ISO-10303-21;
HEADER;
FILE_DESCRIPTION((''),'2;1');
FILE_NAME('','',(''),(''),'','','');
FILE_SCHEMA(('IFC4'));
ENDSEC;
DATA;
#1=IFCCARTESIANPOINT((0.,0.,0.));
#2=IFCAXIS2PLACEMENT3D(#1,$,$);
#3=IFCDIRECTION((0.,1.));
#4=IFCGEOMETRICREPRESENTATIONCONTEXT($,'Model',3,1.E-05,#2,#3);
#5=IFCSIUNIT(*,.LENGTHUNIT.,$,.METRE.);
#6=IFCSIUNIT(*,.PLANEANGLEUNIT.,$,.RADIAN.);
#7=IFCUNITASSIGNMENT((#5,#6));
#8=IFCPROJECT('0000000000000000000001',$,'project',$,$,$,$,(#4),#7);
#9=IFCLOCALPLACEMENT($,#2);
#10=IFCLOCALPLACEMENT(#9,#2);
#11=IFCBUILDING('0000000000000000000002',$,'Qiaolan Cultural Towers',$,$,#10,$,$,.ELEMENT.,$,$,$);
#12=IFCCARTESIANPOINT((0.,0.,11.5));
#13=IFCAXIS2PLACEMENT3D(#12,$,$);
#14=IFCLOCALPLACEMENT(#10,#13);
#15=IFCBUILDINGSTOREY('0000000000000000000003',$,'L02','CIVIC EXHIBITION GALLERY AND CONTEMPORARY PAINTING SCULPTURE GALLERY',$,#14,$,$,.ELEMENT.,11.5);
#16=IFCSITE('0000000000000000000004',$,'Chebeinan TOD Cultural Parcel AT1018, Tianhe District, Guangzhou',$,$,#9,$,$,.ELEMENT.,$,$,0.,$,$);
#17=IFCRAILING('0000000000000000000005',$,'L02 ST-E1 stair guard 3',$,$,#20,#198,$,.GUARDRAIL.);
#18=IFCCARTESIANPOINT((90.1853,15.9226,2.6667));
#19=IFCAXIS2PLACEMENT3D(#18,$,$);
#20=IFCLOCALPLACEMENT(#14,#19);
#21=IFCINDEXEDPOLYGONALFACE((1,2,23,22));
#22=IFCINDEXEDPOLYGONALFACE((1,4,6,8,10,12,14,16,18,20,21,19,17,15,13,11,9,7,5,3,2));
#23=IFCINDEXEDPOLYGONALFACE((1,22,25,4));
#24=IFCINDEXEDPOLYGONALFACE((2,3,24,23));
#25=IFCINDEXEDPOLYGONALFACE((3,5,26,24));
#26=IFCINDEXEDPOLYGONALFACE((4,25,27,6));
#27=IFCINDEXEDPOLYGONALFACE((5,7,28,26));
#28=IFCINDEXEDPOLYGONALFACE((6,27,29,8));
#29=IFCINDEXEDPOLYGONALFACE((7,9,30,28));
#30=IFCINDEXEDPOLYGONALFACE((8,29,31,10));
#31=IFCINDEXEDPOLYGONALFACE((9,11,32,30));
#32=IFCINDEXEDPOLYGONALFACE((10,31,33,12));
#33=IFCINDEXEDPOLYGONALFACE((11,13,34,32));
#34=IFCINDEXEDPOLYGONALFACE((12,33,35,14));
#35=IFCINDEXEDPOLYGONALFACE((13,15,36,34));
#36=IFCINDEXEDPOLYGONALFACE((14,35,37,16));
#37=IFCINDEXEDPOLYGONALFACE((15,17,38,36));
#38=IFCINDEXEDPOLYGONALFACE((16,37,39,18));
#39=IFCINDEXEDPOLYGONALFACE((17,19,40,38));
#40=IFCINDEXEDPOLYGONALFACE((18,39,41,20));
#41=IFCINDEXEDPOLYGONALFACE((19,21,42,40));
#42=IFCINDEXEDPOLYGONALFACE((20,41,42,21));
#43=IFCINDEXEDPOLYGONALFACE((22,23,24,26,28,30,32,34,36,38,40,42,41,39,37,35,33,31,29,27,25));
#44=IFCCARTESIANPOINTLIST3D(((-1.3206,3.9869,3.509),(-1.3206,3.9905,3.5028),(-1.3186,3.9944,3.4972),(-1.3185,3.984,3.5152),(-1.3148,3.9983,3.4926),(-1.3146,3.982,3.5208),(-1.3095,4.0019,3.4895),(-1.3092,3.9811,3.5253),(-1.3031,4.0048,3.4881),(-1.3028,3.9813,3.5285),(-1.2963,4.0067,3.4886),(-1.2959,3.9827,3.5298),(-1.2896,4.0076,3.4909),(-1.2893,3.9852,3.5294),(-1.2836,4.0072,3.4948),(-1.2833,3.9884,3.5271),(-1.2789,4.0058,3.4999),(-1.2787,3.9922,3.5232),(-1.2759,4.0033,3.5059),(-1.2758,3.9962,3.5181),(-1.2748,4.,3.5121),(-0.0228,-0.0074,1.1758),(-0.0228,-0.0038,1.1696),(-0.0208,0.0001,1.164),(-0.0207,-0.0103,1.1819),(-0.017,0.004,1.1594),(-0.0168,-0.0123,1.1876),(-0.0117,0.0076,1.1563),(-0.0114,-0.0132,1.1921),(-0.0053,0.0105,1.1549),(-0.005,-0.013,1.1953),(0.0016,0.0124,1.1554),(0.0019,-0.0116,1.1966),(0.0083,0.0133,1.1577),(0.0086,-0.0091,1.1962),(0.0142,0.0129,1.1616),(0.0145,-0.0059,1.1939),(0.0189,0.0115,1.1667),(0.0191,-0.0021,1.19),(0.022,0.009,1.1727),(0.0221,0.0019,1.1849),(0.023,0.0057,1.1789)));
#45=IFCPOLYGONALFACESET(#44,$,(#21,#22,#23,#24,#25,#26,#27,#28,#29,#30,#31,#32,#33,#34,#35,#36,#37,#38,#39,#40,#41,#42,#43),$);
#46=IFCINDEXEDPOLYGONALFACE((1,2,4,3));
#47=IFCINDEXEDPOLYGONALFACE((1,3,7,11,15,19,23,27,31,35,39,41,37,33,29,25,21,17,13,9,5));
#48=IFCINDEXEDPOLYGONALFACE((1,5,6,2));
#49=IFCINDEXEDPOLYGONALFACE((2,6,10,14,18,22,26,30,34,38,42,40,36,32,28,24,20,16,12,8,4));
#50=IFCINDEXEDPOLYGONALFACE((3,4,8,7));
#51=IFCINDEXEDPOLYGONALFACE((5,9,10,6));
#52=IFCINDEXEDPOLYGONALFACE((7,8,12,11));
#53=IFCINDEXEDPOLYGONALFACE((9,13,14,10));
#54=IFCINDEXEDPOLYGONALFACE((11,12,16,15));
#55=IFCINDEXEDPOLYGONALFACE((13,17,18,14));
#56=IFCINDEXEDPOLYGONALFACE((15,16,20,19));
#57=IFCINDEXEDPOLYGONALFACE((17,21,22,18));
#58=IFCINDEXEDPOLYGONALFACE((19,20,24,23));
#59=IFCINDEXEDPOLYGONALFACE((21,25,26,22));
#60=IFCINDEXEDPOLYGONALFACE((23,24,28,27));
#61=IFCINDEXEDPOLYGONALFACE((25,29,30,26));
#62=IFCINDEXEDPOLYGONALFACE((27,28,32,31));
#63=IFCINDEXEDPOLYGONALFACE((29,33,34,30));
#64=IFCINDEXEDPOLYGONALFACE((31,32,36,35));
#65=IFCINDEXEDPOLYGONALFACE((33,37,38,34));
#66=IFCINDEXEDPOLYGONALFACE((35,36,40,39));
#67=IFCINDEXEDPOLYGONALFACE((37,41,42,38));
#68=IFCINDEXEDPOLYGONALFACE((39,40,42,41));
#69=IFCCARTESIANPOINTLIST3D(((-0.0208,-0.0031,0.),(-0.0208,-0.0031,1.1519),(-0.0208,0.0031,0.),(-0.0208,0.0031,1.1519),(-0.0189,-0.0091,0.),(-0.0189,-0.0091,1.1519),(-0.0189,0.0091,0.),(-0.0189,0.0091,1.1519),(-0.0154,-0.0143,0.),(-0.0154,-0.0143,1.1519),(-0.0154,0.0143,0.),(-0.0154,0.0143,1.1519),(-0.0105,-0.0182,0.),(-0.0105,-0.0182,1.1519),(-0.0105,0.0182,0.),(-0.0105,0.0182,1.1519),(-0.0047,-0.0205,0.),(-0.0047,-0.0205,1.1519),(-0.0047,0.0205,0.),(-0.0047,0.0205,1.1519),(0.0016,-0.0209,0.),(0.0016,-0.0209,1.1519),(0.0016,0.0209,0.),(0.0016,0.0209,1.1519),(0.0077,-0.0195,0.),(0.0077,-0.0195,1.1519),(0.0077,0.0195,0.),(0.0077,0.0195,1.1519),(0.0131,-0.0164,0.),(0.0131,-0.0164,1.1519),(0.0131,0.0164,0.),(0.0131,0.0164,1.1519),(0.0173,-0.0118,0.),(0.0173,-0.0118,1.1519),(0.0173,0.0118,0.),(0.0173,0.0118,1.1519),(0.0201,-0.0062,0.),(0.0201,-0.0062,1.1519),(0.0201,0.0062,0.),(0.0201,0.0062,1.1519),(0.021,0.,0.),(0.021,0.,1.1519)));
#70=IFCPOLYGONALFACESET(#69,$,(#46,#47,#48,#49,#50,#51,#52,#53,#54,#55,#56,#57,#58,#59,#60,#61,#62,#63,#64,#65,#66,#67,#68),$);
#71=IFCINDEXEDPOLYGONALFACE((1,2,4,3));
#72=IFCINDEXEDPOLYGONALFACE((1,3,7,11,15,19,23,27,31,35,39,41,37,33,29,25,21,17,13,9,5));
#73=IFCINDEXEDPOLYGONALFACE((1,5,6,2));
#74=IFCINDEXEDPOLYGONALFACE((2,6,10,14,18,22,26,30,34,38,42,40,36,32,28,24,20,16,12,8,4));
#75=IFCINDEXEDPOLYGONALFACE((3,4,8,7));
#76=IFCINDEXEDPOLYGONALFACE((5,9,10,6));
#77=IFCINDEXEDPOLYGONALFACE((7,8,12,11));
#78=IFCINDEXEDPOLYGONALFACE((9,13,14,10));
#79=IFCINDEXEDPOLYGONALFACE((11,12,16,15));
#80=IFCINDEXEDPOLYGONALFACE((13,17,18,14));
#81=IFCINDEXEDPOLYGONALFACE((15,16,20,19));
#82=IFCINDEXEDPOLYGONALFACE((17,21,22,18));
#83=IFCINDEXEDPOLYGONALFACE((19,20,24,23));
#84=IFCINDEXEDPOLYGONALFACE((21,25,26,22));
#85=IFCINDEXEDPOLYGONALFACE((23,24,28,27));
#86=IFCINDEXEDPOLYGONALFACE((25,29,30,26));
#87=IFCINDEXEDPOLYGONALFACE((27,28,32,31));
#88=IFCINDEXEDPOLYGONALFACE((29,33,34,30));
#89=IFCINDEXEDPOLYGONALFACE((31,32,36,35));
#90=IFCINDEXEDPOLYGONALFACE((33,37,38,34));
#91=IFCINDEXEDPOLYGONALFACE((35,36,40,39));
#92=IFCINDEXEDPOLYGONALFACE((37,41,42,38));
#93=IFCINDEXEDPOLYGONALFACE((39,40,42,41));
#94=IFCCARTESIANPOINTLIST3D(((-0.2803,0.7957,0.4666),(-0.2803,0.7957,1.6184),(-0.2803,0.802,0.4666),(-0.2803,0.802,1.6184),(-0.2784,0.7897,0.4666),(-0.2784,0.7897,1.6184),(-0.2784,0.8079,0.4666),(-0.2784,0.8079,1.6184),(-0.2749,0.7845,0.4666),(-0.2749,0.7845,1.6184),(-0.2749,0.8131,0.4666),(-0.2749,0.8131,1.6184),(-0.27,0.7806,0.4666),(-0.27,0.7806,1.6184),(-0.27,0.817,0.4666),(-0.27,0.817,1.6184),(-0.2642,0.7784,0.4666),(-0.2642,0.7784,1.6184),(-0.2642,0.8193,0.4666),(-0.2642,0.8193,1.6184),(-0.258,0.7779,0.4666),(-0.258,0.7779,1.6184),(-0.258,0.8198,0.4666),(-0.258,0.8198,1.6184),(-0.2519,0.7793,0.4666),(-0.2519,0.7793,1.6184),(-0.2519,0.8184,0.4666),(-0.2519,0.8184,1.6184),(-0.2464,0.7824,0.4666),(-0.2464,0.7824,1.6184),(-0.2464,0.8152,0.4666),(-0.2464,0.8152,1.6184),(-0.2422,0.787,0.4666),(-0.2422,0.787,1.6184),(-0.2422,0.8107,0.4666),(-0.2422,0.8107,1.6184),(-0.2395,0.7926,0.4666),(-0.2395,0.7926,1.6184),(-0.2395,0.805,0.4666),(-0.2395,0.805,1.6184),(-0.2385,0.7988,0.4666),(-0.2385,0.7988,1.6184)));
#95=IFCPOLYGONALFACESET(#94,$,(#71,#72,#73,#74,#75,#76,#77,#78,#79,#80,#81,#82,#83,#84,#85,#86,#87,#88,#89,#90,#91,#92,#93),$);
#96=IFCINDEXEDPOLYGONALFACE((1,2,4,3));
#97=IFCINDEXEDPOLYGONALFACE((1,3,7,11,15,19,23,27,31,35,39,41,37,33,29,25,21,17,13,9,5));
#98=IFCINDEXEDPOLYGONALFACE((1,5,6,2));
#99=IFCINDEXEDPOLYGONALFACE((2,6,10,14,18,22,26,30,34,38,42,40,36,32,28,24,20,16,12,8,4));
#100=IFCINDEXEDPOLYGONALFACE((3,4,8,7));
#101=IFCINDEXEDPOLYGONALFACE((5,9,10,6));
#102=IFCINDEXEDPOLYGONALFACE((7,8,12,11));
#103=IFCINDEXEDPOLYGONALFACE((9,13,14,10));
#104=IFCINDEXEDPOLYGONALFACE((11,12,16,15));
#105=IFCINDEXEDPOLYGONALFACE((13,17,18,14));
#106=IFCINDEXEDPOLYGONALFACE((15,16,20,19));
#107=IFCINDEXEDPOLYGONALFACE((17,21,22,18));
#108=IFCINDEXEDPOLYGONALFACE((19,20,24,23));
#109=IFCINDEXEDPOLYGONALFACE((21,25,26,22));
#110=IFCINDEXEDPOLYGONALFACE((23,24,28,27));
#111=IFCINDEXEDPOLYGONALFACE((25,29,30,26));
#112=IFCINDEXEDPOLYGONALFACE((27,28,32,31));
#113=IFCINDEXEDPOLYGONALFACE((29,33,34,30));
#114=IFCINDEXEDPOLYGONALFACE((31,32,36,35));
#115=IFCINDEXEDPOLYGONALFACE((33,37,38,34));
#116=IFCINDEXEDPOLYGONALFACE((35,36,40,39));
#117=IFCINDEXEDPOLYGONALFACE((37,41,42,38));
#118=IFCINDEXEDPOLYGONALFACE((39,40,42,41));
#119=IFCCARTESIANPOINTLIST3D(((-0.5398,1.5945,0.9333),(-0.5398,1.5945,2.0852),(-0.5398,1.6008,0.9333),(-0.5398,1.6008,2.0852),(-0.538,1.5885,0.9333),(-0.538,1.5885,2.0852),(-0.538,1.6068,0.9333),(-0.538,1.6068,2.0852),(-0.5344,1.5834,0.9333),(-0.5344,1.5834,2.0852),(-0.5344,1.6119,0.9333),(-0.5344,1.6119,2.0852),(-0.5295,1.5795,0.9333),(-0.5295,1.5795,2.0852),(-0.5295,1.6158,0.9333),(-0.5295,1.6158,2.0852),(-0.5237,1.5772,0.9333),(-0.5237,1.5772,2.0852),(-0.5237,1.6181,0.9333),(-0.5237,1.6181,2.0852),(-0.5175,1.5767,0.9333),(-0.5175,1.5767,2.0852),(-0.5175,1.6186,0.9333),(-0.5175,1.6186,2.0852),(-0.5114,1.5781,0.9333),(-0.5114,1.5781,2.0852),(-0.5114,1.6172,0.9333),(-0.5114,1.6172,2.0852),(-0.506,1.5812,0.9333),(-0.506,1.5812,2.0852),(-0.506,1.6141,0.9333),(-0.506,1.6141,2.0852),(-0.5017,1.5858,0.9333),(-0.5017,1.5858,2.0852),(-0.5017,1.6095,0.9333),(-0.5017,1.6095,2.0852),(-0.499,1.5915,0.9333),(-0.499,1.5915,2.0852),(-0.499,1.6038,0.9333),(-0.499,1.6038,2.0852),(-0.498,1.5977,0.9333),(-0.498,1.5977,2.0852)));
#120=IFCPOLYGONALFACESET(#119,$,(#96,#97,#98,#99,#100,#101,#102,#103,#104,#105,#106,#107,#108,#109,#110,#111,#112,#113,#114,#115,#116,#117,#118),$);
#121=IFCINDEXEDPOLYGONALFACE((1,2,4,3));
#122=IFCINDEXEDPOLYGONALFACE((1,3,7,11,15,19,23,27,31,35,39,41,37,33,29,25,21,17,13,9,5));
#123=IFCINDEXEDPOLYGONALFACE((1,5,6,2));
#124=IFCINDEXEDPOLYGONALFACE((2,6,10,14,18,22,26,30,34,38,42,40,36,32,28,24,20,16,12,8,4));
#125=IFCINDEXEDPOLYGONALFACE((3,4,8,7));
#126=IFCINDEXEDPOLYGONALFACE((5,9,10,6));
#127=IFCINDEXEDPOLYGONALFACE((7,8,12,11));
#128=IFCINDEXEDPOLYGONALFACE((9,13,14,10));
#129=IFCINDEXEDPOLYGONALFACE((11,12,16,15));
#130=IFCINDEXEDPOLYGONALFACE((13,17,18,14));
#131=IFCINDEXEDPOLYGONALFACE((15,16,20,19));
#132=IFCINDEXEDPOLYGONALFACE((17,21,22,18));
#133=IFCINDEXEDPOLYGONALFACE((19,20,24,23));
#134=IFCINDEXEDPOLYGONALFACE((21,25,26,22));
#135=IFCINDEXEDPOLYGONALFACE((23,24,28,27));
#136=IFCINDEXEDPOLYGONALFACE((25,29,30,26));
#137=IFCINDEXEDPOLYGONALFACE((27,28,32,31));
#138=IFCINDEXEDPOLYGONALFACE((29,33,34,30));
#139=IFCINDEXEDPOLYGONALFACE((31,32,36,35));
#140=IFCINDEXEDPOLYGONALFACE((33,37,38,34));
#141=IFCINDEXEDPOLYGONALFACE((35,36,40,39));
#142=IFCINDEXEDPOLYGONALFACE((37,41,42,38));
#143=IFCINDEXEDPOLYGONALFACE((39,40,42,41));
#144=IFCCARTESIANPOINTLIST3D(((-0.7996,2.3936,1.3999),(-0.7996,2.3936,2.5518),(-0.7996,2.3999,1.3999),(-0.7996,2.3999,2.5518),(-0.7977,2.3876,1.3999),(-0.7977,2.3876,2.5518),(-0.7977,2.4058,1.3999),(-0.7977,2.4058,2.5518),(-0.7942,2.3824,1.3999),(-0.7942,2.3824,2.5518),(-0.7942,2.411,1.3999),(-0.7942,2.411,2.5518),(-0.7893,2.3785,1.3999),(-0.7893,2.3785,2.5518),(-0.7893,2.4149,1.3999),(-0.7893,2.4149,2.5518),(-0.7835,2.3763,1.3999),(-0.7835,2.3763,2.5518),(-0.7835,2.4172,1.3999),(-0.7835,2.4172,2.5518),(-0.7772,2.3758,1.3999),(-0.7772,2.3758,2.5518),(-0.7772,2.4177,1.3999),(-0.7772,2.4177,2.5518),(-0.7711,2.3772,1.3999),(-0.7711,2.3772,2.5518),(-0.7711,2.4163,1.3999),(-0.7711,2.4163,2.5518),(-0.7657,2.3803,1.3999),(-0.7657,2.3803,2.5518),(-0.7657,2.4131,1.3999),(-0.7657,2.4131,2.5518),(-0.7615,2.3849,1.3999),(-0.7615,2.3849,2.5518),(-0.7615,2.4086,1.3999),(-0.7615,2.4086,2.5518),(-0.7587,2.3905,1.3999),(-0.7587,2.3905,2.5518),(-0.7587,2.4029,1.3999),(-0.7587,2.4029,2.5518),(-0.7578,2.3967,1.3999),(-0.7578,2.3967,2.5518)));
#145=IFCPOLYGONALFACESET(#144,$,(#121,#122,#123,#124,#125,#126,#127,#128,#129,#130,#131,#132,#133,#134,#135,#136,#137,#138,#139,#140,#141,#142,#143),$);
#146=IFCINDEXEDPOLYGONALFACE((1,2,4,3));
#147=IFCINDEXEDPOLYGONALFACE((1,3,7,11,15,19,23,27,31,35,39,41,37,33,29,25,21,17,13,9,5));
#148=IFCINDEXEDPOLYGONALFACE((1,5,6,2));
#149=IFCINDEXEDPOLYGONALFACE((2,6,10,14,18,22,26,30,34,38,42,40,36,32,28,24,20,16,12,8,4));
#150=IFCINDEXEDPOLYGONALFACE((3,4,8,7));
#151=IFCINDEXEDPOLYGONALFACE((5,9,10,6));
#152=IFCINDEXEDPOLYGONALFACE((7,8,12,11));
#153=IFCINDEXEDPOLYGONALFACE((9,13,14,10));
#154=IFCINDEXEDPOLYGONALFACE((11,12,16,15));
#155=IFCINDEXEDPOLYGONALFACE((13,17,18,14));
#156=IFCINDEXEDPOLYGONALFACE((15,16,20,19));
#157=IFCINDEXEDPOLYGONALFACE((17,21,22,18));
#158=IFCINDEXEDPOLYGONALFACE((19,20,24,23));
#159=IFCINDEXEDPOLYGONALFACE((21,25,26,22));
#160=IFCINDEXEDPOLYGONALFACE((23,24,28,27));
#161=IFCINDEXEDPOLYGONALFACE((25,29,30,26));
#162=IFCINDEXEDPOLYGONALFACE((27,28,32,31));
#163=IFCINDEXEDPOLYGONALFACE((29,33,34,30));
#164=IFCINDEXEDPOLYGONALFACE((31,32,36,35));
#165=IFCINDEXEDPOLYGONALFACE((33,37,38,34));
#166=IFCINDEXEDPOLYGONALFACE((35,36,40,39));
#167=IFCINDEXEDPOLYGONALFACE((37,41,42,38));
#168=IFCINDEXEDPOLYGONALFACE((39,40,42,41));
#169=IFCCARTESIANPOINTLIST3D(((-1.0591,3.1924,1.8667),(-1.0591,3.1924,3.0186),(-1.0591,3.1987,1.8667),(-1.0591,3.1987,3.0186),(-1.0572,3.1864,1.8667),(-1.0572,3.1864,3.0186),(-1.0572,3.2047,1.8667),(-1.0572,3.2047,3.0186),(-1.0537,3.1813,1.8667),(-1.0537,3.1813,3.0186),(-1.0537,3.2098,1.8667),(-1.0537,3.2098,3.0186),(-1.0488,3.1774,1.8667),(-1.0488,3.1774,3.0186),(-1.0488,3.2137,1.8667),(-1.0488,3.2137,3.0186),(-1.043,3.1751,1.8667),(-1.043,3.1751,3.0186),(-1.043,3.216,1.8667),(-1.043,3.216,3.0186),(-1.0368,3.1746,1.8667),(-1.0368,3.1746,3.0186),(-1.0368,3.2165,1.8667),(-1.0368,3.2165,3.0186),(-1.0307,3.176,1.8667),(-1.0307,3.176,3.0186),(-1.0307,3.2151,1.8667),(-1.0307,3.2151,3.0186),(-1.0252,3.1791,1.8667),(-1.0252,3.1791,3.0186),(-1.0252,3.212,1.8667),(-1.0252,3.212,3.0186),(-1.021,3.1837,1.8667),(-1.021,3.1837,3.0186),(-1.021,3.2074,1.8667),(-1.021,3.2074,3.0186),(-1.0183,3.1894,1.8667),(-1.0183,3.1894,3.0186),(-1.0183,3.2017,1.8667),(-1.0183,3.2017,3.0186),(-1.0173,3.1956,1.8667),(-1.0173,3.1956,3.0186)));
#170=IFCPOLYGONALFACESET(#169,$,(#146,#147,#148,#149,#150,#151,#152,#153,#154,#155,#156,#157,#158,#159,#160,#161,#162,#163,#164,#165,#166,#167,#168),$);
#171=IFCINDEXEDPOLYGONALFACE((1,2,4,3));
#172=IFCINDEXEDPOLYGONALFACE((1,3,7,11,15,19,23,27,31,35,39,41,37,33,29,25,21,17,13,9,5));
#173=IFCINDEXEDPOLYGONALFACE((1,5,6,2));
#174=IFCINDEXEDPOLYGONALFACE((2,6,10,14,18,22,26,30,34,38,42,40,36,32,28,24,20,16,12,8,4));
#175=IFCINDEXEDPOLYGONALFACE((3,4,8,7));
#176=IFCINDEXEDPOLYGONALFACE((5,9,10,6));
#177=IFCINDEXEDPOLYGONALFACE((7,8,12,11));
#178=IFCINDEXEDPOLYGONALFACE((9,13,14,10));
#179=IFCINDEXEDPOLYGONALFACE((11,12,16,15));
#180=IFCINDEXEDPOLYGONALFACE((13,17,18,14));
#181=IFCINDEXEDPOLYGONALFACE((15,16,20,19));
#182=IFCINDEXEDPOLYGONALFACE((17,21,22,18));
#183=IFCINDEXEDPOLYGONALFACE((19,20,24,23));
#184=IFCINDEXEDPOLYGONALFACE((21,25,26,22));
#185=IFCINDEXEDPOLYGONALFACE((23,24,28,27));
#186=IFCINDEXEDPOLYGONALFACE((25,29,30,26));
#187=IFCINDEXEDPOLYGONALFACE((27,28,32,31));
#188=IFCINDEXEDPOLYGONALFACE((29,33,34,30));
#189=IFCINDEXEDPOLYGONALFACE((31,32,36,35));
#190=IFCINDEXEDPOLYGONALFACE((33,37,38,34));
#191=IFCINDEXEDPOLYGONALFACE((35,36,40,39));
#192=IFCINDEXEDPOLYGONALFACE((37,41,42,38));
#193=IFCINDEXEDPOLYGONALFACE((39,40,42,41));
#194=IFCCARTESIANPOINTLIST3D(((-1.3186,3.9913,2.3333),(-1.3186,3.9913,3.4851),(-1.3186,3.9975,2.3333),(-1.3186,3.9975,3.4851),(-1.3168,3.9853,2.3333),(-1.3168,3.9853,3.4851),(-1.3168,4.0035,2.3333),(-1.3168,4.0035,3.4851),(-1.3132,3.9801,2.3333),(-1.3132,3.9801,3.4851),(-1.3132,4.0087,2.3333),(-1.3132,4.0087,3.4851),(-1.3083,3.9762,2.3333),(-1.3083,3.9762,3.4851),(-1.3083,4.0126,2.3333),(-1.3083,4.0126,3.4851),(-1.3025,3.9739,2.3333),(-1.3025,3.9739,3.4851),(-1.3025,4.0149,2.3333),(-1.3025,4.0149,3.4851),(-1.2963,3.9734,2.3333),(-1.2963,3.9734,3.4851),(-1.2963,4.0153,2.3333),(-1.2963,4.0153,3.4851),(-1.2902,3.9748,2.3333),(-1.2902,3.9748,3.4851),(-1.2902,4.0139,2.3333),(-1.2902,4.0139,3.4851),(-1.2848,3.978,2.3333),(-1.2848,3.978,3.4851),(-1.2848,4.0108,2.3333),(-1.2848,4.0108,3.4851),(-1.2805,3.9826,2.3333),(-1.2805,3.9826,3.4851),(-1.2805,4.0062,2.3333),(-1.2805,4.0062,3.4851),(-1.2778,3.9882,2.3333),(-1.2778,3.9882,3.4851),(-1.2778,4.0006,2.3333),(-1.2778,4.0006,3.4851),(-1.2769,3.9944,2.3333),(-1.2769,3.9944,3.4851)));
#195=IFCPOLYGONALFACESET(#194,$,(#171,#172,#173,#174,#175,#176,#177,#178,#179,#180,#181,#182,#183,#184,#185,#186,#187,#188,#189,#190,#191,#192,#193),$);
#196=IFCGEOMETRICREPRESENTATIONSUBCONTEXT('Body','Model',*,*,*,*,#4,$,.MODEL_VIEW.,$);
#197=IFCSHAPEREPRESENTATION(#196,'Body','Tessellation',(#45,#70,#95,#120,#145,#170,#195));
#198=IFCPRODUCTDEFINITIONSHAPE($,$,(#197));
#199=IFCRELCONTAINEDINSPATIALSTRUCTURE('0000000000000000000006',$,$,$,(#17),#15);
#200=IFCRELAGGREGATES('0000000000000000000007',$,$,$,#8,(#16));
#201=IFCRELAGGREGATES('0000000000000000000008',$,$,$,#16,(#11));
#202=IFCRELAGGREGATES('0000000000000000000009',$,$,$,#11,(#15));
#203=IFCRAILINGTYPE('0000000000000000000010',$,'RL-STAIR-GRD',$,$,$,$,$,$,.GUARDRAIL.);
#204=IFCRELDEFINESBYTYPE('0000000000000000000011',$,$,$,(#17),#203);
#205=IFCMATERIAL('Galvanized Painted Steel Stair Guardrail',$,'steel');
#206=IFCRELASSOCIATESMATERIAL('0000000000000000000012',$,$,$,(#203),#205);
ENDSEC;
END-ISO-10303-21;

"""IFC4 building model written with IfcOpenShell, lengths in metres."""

from ifc_helpers import new_model, si_unit, direction, frame, origin, origin_2d, place, context, subcontext, project, spatial, circle, extrude, material, type_object, element, save


model = new_model("IFC4")

# Units and contexts
model_context = context("Model", 3, precision=1e-05, world=origin(), true_north=direction((0.0, 1.0)))
body_context = subcontext(model_context, "Body", "Model", "MODEL_VIEW")
ifc_project = project(units=[si_unit("LENGTHUNIT", "METRE"), si_unit("PLANEANGLEUNIT", "RADIAN")], contexts=[model_context])

# Site, building, storey
site_placement = place(None, origin())
site = spatial("IfcSite", under=ifc_project, at=site_placement, Name="Chebeinan TOD Cultural Parcel AT1018, Tianhe District, Guangzhou", CompositionType="ELEMENT", RefElevation=0.0)
building_placement = place(site_placement, origin())
building = spatial("IfcBuilding", under=site, at=building_placement, Name="Qiaolan Cultural Towers", CompositionType="ELEMENT")
storey_placement = place(building_placement, frame((0.0, 0.0, 11.5)))
storey = spatial("IfcBuildingStorey", under=building, at=storey_placement, Name="L02", Description="CIVIC EXHIBITION GALLERY AND CONTEMPORARY PAINTING SCULPTURE GALLERY", CompositionType="ELEMENT", Elevation=11.5)

# Railing
ifc_material_1 = material(Name="Galvanized Painted Steel Stair Guardrail", Category="steel")
railing_type_1 = type_object("IfcRailingType", Name="RL-STAIR-GRD", PredefinedType="GUARDRAIL", material=ifc_material_1)
railing_1_placement = place(storey_placement, frame((90.1853, 15.9226, 2.6667)))
element("IfcRailing", 1, at=railing_1_placement, inside=storey, type_object=railing_type_1, Name="L02 ST-E1 stair guard 3", PredefinedType="GUARDRAIL", context=body_context, shape_type="SweptSolid", body=[
    extrude(circle(Radius=0.0239, at=origin_2d()), frame((0.0, 0.0, 1.1758), z_axis=(-0.27013, 0.831377, 0.485635), x_axis=(-0.951057, -0.309016, 0.0)), (0.0, 0.0, 1.0), 4.8044),
    extrude(circle(Radius=0.021, at=origin_2d()), origin(), (0.0, 0.0, 1.0), 1.1519),
    extrude(circle(Radius=0.021, at=origin_2d()), frame((-0.2595, 0.7988, 0.4666)), (0.0, 0.0, 1.0), 1.1519),
    extrude(circle(Radius=0.021, at=origin_2d()), frame((-0.519, 1.5977, 0.9333)), (0.0, 0.0, 1.0), 1.1519),
    extrude(circle(Radius=0.021, at=origin_2d()), frame((-0.7788, 2.3967, 1.3999)), (0.0, 0.0, 1.0), 1.1519),
    extrude(circle(Radius=0.021, at=origin_2d()), frame((-1.0383, 3.1956, 1.8667)), (0.0, 0.0, 1.0), 1.1519),
    extrude(circle(Radius=0.021, at=origin_2d()), frame((-1.2979, 3.9944, 2.3333)), (0.0, 0.0, 1.0), 1.1519),
])

save(model, "model.ifc")
